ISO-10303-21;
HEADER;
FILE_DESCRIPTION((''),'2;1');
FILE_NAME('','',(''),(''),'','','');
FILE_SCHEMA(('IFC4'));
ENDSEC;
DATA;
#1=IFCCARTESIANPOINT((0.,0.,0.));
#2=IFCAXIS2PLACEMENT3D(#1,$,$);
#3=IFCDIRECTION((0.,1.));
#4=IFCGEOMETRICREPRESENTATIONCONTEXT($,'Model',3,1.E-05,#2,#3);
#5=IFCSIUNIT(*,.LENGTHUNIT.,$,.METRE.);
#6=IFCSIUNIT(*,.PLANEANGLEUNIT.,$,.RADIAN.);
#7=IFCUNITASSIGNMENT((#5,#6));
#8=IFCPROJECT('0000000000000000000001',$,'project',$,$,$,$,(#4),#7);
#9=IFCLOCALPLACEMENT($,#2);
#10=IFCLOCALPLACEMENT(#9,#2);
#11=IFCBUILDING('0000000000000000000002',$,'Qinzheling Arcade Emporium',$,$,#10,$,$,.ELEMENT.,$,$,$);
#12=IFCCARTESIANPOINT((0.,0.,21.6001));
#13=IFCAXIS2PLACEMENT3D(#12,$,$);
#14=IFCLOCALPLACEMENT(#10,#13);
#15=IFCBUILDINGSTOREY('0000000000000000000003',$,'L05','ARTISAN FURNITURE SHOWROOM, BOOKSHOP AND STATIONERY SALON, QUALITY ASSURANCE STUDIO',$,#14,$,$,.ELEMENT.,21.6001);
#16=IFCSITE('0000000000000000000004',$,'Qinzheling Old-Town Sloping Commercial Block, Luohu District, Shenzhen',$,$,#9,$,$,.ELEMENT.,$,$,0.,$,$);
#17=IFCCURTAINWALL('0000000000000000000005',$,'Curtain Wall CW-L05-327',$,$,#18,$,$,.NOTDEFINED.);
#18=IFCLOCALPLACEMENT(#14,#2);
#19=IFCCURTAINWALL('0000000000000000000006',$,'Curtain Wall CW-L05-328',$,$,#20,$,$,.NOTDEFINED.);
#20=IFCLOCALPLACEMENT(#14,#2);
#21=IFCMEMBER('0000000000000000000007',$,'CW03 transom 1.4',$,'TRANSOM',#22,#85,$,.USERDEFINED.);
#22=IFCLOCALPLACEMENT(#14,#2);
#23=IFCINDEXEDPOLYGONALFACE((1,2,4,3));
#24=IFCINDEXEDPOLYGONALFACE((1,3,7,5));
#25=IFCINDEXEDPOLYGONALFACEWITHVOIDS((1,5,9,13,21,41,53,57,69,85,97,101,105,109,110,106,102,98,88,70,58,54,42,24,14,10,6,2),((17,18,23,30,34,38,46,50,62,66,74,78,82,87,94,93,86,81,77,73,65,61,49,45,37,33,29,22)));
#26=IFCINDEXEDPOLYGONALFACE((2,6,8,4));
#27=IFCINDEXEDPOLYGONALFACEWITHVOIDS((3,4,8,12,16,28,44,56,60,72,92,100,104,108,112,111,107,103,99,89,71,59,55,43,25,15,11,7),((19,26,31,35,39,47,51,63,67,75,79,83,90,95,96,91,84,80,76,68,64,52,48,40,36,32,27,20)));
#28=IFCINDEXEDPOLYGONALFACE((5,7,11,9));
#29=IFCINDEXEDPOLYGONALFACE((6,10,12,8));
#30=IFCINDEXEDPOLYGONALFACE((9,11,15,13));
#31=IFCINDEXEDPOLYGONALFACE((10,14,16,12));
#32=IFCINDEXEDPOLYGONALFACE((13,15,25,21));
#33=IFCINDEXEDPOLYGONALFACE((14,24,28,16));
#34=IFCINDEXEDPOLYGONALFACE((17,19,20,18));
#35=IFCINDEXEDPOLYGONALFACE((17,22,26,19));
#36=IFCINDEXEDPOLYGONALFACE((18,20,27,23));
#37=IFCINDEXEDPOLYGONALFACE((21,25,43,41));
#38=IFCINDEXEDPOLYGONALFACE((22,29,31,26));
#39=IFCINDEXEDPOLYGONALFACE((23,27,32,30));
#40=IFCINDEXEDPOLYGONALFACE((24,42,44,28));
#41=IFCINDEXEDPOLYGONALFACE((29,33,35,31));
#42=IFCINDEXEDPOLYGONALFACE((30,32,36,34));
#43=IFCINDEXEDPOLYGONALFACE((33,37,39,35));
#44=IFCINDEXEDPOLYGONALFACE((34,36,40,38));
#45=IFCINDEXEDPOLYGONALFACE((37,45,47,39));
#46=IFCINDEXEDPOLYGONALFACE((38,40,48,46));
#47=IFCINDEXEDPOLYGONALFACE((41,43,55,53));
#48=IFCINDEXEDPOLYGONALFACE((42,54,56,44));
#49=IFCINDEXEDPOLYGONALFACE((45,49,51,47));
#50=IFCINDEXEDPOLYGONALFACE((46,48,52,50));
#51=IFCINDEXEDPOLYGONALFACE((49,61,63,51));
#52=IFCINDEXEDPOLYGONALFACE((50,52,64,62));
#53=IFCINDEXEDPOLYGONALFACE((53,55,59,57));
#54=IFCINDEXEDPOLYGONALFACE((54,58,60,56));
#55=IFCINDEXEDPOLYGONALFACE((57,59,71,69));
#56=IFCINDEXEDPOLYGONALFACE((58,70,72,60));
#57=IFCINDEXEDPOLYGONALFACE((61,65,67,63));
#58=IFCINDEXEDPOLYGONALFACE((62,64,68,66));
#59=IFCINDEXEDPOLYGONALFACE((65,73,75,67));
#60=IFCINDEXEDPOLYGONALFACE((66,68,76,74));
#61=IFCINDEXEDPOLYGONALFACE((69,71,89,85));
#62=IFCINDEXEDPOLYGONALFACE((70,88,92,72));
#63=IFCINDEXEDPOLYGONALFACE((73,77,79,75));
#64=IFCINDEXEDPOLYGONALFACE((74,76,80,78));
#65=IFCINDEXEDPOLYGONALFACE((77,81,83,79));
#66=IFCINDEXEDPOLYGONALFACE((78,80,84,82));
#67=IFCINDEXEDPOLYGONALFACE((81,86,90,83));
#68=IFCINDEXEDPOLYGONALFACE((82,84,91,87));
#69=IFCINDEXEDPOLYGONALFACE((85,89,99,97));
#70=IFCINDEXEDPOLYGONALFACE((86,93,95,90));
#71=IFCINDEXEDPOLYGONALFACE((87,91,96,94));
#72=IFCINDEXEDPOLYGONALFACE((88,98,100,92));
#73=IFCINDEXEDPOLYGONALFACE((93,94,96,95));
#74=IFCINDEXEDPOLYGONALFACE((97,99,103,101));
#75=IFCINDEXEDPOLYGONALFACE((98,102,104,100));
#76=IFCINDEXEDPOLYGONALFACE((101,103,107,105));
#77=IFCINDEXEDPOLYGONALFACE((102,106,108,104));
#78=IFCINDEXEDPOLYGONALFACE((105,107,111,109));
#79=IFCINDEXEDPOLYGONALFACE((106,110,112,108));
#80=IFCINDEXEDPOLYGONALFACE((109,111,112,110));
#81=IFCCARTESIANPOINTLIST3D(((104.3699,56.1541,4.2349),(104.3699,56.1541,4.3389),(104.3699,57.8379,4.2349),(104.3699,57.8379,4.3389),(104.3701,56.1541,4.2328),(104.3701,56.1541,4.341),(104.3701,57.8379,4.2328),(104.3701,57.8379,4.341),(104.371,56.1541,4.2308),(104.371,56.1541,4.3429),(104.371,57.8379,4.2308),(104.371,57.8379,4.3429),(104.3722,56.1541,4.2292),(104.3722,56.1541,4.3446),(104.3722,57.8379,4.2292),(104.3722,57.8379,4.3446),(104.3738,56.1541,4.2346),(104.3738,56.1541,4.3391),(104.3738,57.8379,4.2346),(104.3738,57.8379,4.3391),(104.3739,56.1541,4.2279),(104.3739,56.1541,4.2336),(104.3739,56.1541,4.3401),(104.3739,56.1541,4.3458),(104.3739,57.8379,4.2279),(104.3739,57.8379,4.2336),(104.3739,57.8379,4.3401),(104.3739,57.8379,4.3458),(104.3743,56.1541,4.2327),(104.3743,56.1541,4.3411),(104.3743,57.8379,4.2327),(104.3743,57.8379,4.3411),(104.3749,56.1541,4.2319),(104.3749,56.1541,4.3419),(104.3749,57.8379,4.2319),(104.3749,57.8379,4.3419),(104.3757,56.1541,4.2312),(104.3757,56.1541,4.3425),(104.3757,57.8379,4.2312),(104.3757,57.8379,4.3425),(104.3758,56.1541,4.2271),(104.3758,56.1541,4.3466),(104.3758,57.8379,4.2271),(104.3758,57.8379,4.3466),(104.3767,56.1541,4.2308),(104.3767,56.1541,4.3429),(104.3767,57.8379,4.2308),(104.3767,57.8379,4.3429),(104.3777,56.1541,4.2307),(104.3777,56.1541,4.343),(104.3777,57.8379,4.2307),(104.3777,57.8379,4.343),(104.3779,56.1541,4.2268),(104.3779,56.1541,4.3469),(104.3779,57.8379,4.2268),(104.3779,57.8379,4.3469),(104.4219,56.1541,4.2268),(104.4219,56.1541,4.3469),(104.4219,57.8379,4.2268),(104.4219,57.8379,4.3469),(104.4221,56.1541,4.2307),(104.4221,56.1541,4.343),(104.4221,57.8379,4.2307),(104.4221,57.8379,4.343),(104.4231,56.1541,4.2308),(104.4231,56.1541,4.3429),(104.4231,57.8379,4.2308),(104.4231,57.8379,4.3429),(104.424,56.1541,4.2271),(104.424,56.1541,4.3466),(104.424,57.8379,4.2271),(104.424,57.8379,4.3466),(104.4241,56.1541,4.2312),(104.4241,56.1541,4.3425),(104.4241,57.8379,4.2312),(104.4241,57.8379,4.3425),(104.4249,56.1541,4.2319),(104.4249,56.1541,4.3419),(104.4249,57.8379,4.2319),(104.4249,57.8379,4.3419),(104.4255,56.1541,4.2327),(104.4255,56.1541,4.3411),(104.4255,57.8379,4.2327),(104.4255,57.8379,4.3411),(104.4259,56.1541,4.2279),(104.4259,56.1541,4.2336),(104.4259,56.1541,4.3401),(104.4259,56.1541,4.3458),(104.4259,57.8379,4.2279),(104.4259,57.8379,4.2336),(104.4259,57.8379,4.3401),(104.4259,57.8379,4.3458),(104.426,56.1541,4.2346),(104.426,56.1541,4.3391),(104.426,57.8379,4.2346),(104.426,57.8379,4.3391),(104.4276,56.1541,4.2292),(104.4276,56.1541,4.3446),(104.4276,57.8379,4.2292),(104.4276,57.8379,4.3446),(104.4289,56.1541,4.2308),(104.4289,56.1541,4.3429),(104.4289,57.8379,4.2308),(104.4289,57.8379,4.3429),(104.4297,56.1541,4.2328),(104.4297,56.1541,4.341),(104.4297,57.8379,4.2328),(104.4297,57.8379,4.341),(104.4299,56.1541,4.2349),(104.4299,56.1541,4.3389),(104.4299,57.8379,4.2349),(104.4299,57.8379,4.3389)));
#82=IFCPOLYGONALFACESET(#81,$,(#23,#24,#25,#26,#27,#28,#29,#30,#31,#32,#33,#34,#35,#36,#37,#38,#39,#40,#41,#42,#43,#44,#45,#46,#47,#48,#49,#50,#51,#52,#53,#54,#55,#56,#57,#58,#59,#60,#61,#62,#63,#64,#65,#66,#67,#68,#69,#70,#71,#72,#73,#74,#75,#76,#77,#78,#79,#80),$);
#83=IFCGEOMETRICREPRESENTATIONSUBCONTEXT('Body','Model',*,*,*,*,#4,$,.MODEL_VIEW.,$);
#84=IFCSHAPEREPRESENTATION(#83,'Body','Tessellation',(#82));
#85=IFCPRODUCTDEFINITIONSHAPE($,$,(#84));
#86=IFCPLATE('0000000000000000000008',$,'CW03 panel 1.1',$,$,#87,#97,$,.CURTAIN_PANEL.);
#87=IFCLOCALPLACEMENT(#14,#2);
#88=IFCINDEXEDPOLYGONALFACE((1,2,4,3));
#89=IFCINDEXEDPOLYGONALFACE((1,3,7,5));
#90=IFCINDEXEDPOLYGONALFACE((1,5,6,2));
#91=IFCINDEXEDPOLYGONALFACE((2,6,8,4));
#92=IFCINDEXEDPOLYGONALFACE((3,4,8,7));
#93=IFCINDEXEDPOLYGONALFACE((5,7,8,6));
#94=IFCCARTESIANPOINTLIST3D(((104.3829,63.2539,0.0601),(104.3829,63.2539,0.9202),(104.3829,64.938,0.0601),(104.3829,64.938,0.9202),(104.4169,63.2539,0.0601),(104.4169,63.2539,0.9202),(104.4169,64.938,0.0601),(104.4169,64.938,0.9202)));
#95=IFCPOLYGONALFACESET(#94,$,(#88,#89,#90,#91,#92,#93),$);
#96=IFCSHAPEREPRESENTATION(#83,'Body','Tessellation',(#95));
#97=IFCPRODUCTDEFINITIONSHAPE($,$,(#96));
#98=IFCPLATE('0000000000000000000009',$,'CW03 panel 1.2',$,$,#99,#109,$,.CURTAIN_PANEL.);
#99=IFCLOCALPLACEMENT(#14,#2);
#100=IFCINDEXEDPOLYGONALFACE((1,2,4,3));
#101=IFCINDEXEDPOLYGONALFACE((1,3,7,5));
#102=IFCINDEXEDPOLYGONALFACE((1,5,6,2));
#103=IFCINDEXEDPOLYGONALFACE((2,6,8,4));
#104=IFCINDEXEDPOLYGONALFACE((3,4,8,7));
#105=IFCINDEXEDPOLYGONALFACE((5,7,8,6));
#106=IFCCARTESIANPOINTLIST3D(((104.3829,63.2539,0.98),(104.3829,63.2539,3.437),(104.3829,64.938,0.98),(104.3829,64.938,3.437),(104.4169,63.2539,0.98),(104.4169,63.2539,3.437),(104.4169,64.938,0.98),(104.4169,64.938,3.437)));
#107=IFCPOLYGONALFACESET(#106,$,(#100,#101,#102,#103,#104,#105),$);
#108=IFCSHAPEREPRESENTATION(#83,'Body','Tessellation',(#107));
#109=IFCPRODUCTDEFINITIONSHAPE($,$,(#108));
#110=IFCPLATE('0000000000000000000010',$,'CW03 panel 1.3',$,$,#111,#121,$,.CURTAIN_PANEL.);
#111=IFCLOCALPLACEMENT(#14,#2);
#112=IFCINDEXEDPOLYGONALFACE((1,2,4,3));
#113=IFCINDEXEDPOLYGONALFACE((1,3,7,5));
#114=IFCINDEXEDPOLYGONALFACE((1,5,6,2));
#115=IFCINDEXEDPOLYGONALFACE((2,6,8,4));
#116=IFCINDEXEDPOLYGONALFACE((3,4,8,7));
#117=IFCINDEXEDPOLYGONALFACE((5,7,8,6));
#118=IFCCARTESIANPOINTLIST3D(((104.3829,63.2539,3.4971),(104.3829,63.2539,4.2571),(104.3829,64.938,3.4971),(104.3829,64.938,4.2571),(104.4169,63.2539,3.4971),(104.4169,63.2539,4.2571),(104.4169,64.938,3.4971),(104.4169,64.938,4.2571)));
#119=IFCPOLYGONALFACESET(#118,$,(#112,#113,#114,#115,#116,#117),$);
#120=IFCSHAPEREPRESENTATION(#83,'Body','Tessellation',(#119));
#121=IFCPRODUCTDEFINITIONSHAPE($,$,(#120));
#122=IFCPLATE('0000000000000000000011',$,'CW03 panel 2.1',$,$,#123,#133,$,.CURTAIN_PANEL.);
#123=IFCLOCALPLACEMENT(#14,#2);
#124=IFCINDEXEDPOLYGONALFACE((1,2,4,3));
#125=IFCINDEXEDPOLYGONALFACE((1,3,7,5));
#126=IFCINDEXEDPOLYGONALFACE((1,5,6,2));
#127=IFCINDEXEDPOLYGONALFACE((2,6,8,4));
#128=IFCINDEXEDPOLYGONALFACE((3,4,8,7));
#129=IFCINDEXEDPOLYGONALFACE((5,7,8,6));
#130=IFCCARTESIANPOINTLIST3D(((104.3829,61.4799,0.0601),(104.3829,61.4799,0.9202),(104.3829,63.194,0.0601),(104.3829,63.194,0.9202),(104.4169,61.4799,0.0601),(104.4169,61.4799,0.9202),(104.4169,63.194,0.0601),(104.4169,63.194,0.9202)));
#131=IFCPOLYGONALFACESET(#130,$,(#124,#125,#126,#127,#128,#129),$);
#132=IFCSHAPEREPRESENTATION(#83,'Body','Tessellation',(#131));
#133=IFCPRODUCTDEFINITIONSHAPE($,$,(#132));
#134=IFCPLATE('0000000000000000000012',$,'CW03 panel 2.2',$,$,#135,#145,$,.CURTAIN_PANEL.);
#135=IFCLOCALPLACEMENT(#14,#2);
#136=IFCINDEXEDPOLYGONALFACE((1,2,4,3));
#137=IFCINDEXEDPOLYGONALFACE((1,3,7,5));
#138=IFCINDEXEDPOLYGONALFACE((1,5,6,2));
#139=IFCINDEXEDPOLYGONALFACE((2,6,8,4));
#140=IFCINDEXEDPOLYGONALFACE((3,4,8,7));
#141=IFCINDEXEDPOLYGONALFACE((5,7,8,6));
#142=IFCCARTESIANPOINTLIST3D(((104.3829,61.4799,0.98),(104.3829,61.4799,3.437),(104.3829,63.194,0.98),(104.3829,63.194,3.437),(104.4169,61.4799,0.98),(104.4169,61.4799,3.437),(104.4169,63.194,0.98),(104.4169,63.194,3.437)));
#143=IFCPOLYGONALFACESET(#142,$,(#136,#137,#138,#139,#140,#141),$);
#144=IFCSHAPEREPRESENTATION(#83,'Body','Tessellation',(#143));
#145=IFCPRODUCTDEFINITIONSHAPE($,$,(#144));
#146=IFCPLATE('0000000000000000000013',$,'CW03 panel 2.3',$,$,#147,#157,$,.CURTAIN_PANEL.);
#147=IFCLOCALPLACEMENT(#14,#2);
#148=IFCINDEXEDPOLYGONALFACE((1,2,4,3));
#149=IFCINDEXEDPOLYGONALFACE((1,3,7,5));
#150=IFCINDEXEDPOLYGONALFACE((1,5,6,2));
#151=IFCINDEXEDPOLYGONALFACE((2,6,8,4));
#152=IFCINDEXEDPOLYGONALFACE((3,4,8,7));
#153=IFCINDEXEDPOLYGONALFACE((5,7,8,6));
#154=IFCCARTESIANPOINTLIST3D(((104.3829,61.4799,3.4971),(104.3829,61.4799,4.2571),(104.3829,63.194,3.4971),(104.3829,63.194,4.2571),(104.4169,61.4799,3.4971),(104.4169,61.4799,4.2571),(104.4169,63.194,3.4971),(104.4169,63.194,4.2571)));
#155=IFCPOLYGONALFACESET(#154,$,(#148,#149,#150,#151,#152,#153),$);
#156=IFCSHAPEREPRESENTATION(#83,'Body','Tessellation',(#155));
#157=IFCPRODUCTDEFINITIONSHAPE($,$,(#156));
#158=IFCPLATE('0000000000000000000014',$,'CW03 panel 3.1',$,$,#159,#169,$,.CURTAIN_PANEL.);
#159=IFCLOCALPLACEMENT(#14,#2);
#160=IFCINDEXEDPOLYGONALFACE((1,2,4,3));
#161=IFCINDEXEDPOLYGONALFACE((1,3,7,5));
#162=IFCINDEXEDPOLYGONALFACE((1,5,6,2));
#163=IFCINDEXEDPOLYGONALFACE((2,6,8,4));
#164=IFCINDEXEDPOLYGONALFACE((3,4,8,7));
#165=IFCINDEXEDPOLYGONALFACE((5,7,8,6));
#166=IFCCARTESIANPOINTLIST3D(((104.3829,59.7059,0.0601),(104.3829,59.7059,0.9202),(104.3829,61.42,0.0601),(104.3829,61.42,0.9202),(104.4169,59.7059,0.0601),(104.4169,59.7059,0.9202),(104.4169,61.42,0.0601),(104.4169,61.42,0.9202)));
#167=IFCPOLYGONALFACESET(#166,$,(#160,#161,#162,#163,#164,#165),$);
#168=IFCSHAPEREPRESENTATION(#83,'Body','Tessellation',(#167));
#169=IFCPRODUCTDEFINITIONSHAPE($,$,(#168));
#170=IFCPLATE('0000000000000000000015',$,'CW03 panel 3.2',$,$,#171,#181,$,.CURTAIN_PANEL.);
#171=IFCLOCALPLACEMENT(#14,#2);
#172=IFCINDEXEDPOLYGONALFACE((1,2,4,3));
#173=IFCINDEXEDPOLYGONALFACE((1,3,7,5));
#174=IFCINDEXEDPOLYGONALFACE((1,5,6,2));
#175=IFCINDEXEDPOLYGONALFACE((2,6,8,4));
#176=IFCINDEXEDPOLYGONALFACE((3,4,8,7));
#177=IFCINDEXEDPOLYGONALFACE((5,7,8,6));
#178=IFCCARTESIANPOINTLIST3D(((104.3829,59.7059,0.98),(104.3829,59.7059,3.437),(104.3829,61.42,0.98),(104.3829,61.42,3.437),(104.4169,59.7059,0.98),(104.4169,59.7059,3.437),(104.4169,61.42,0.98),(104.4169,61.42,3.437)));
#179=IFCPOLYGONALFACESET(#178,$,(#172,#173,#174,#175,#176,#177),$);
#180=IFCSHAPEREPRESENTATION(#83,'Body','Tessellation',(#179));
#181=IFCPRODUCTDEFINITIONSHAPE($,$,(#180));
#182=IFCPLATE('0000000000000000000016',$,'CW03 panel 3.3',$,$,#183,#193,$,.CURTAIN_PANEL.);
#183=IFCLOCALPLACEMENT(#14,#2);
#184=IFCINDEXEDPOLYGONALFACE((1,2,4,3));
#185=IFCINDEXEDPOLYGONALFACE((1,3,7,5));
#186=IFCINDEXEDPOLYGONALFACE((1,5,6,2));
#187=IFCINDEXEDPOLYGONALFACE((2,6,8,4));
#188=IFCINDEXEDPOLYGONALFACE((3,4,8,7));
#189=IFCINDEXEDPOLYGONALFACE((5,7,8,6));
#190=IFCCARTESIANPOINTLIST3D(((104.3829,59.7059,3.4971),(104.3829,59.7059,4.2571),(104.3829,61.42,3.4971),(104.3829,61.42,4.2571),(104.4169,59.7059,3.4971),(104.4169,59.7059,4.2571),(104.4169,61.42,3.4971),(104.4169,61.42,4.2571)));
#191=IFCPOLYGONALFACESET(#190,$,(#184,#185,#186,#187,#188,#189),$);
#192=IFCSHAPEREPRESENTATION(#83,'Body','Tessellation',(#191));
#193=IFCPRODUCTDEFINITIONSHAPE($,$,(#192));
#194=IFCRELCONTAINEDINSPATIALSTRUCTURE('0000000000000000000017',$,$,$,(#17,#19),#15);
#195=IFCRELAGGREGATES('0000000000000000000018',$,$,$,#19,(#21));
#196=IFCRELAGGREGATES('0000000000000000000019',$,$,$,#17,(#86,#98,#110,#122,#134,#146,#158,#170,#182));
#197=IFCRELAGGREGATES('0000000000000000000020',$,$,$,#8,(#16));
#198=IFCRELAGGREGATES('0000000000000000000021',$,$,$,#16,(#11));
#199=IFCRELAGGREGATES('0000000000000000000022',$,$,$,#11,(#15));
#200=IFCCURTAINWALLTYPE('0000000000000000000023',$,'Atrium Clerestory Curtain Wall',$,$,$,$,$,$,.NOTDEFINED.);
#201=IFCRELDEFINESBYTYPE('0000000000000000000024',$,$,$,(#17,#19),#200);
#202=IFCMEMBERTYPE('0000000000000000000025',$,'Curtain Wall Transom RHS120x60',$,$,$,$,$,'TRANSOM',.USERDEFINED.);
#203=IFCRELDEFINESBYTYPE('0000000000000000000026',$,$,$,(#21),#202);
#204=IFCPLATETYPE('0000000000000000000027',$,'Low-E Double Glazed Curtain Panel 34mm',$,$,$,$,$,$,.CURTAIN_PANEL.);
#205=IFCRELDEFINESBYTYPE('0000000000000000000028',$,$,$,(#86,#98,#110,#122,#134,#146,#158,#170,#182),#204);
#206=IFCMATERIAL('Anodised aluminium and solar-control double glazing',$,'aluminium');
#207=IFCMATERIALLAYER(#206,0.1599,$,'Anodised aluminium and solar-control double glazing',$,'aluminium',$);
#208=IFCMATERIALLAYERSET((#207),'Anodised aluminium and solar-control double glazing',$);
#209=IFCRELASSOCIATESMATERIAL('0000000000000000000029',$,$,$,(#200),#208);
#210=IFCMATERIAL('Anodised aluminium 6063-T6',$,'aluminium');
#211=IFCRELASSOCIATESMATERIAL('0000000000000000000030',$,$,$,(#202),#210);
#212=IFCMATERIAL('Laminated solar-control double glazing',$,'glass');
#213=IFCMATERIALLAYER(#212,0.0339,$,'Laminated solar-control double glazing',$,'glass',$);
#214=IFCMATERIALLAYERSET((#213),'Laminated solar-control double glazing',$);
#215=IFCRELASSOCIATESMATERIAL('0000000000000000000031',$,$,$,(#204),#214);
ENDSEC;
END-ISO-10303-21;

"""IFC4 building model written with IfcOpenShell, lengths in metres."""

from ifc_helpers import new_model, si_unit, direction, frame, origin, origin_2d, place, context, subcontext, project, spatial, rectangle, hollow_rectangle, extrude, material, layer, layer_set, material_profile, profile_set, type_object, element, aggregate, save


model = new_model("IFC4")

# Units and contexts
model_context = context("Model", 3, precision=1e-05, world=origin(), true_north=direction((0.0, 1.0)))
body_context = subcontext(model_context, "Body", "Model", "MODEL_VIEW")
ifc_project = project(units=[si_unit("LENGTHUNIT", "METRE"), si_unit("PLANEANGLEUNIT", "RADIAN")], contexts=[model_context])

# Site, building, storey
site_placement = place(None, origin())
site = spatial("IfcSite", under=ifc_project, at=site_placement, Name="Qinzheling Old-Town Sloping Commercial Block, Luohu District, Shenzhen", CompositionType="ELEMENT", RefElevation=0.0)
building_placement = place(site_placement, origin())
building = spatial("IfcBuilding", under=site, at=building_placement, Name="Qinzheling Arcade Emporium", CompositionType="ELEMENT")
storey_placement = place(building_placement, frame((0.0, 0.0, 21.6001)))
storey = spatial("IfcBuildingStorey", under=building, at=storey_placement, Name="L05", Description="ARTISAN FURNITURE SHOWROOM, BOOKSHOP AND STATIONERY SALON, QUALITY ASSURANCE STUDIO", CompositionType="ELEMENT", Elevation=21.6001)

# Curtain wall
ifc_material_1 = material(Name="Anodised aluminium and solar-control double glazing", Category="aluminium")
ifc_layer_1 = layer(ifc_material_1, 0.1599, Name="Anodised aluminium and solar-control double glazing", Category="aluminium")
ifc_layer_set_1 = layer_set([ifc_layer_1], Name="Anodised aluminium and solar-control double glazing")
curtain_wall_type = type_object("IfcCurtainWallType", Name="Atrium Clerestory Curtain Wall", PredefinedType="NOTDEFINED", material=ifc_layer_set_1)
curtain_wall_1_placement = place(storey_placement, origin())
curtain_wall_1 = element("IfcCurtainWall", 1, at=curtain_wall_1_placement, inside=storey, type_object=curtain_wall_type, Name="Curtain Wall CW-L05-327", PredefinedType="NOTDEFINED")
ifc_material_2 = material(Name="Anodised aluminium 6063-T6", Category="aluminium")

# Curtain wall
curtain_wall_2_placement = place(storey_placement, origin())
curtain_wall_2 = element("IfcCurtainWall", 2, at=curtain_wall_2_placement, inside=storey, type_object=curtain_wall_type, Name="Curtain Wall CW-L05-328", PredefinedType="NOTDEFINED")

# Member
ifc_material_profile_1 = material_profile(ifc_material_2, hollow_rectangle(XDim=0.0601, YDim=0.1201, WallThickness=0.0039, InnerFilletRadius=0.0039, OuterFilletRadius=0.0081, at=origin_2d()), Name="RHS 120x60x4", Category="aluminium")
ifc_profile_set_1 = profile_set([ifc_material_profile_1], Name="Anodised aluminium 6063-T6")
member_type_1 = type_object("IfcMemberType", Name="Curtain Wall Transom RHS120x60", ElementType="TRANSOM", PredefinedType="USERDEFINED", material=ifc_profile_set_1)
member_1_placement = place(storey_placement, frame((104.3999, 57.8379, 4.2869), z_axis=(0.0, -1.0, 0.0), x_axis=(1.0, 0.0, 0.0)))
member_1 = element("IfcMember", 3, at=member_1_placement, type_object=member_type_1, Name="CW03 transom 1.4", ObjectType="TRANSOM", PredefinedType="USERDEFINED", context=body_context, shape_type="SweptSolid", body=[
    extrude(hollow_rectangle(XDim=0.0601, YDim=0.1201, WallThickness=0.0039, InnerFilletRadius=0.0039, OuterFilletRadius=0.0081, at=origin_2d()), origin(), (0.0, 0.0, 1.0), 1.6838),
])
aggregate(curtain_wall_2, [member_1])

# Plates
ifc_material_3 = material(Name="Laminated solar-control double glazing", Category="glass")
ifc_layer_2 = layer(ifc_material_3, 0.0339, Name="Laminated solar-control double glazing", Category="glass")
ifc_layer_set_2 = layer_set([ifc_layer_2], Name="Laminated solar-control double glazing")
plate_type = type_object("IfcPlateType", Name="Low-E Double Glazed Curtain Panel 34mm", PredefinedType="CURTAIN_PANEL", material=ifc_layer_set_2)
plate_1_placement = place(storey_placement, frame((104.3999, 64.0959, 0.0601), z_axis=(0.0, 0.0, 1.0), x_axis=(0.0, -1.0, 0.0)))
plate_1 = element("IfcPlate", 4, at=plate_1_placement, type_object=plate_type, Name="CW03 panel 1.1", PredefinedType="CURTAIN_PANEL", context=body_context, shape_type="SweptSolid", body=[
    extrude(rectangle(XDim=1.6841, YDim=0.0339, at=origin_2d()), origin(), (0.0, 0.0, 1.0), 0.8601),
])
plate_2_placement = place(storey_placement, frame((104.3999, 64.0959, 0.98), z_axis=(0.0, 0.0, 1.0), x_axis=(0.0, -1.0, 0.0)))
plate_2 = element("IfcPlate", 5, at=plate_2_placement, type_object=plate_type, Name="CW03 panel 1.2", PredefinedType="CURTAIN_PANEL", context=body_context, shape_type="SweptSolid", body=[
    extrude(rectangle(XDim=1.6841, YDim=0.0339, at=origin_2d()), origin(), (0.0, 0.0, 1.0), 2.457),
])
plate_3_placement = place(storey_placement, frame((104.3999, 64.0959, 3.4971), z_axis=(0.0, 0.0, 1.0), x_axis=(0.0, -1.0, 0.0)))
plate_3 = element("IfcPlate", 6, at=plate_3_placement, type_object=plate_type, Name="CW03 panel 1.3", PredefinedType="CURTAIN_PANEL", context=body_context, shape_type="SweptSolid", body=[
    extrude(rectangle(XDim=1.6841, YDim=0.0339, at=origin_2d()), origin(), (0.0, 0.0, 1.0), 0.76),
])
plate_4_placement = place(storey_placement, frame((104.3999, 62.3369, 0.0601), z_axis=(0.0, 0.0, 1.0), x_axis=(0.0, -1.0, 0.0)))
plate_4 = element("IfcPlate", 7, at=plate_4_placement, type_object=plate_type, Name="CW03 panel 2.1", PredefinedType="CURTAIN_PANEL", context=body_context, shape_type="SweptSolid", body=[
    extrude(rectangle(XDim=1.7141, YDim=0.0339, at=origin_2d()), origin(), (0.0, 0.0, 1.0), 0.8601),
])
plate_5_placement = place(storey_placement, frame((104.3999, 62.3369, 0.98), z_axis=(0.0, 0.0, 1.0), x_axis=(0.0, -1.0, 0.0)))
plate_5 = element("IfcPlate", 8, at=plate_5_placement, type_object=plate_type, Name="CW03 panel 2.2", PredefinedType="CURTAIN_PANEL", context=body_context, shape_type="SweptSolid", body=[
    extrude(rectangle(XDim=1.7141, YDim=0.0339, at=origin_2d()), origin(), (0.0, 0.0, 1.0), 2.457),
])
plate_6_placement = place(storey_placement, frame((104.3999, 62.3369, 3.4971), z_axis=(0.0, 0.0, 1.0), x_axis=(0.0, -1.0, 0.0)))
plate_6 = element("IfcPlate", 9, at=plate_6_placement, type_object=plate_type, Name="CW03 panel 2.3", PredefinedType="CURTAIN_PANEL", context=body_context, shape_type="SweptSolid", body=[
    extrude(rectangle(XDim=1.7141, YDim=0.0339, at=origin_2d()), origin(), (0.0, 0.0, 1.0), 0.76),
])
plate_7_placement = place(storey_placement, frame((104.3999, 60.563, 0.0601), z_axis=(0.0, 0.0, 1.0), x_axis=(0.0, -1.0, 0.0)))
plate_7 = element("IfcPlate", 10, at=plate_7_placement, type_object=plate_type, Name="CW03 panel 3.1", PredefinedType="CURTAIN_PANEL", context=body_context, shape_type="SweptSolid", body=[
    extrude(rectangle(XDim=1.7141, YDim=0.0339, at=origin_2d()), origin(), (0.0, 0.0, 1.0), 0.8601),
])
plate_8_placement = place(storey_placement, frame((104.3999, 60.563, 0.98), z_axis=(0.0, 0.0, 1.0), x_axis=(0.0, -1.0, 0.0)))
plate_8 = element("IfcPlate", 11, at=plate_8_placement, type_object=plate_type, Name="CW03 panel 3.2", PredefinedType="CURTAIN_PANEL", context=body_context, shape_type="SweptSolid", body=[
    extrude(rectangle(XDim=1.7141, YDim=0.0339, at=origin_2d()), origin(), (0.0, 0.0, 1.0), 2.457),
])
plate_9_placement = place(storey_placement, frame((104.3999, 60.563, 3.4971), z_axis=(0.0, 0.0, 1.0), x_axis=(0.0, -1.0, 0.0)))
plate_9 = element("IfcPlate", 12, at=plate_9_placement, type_object=plate_type, Name="CW03 panel 3.3", PredefinedType="CURTAIN_PANEL", context=body_context, shape_type="SweptSolid", body=[
    extrude(rectangle(XDim=1.7141, YDim=0.0339, at=origin_2d()), origin(), (0.0, 0.0, 1.0), 0.76),
])
aggregate(curtain_wall_1, [plate_1, plate_2, plate_3, plate_4, plate_5, plate_6, plate_7, plate_8, plate_9])

save(model, "model.ifc")
